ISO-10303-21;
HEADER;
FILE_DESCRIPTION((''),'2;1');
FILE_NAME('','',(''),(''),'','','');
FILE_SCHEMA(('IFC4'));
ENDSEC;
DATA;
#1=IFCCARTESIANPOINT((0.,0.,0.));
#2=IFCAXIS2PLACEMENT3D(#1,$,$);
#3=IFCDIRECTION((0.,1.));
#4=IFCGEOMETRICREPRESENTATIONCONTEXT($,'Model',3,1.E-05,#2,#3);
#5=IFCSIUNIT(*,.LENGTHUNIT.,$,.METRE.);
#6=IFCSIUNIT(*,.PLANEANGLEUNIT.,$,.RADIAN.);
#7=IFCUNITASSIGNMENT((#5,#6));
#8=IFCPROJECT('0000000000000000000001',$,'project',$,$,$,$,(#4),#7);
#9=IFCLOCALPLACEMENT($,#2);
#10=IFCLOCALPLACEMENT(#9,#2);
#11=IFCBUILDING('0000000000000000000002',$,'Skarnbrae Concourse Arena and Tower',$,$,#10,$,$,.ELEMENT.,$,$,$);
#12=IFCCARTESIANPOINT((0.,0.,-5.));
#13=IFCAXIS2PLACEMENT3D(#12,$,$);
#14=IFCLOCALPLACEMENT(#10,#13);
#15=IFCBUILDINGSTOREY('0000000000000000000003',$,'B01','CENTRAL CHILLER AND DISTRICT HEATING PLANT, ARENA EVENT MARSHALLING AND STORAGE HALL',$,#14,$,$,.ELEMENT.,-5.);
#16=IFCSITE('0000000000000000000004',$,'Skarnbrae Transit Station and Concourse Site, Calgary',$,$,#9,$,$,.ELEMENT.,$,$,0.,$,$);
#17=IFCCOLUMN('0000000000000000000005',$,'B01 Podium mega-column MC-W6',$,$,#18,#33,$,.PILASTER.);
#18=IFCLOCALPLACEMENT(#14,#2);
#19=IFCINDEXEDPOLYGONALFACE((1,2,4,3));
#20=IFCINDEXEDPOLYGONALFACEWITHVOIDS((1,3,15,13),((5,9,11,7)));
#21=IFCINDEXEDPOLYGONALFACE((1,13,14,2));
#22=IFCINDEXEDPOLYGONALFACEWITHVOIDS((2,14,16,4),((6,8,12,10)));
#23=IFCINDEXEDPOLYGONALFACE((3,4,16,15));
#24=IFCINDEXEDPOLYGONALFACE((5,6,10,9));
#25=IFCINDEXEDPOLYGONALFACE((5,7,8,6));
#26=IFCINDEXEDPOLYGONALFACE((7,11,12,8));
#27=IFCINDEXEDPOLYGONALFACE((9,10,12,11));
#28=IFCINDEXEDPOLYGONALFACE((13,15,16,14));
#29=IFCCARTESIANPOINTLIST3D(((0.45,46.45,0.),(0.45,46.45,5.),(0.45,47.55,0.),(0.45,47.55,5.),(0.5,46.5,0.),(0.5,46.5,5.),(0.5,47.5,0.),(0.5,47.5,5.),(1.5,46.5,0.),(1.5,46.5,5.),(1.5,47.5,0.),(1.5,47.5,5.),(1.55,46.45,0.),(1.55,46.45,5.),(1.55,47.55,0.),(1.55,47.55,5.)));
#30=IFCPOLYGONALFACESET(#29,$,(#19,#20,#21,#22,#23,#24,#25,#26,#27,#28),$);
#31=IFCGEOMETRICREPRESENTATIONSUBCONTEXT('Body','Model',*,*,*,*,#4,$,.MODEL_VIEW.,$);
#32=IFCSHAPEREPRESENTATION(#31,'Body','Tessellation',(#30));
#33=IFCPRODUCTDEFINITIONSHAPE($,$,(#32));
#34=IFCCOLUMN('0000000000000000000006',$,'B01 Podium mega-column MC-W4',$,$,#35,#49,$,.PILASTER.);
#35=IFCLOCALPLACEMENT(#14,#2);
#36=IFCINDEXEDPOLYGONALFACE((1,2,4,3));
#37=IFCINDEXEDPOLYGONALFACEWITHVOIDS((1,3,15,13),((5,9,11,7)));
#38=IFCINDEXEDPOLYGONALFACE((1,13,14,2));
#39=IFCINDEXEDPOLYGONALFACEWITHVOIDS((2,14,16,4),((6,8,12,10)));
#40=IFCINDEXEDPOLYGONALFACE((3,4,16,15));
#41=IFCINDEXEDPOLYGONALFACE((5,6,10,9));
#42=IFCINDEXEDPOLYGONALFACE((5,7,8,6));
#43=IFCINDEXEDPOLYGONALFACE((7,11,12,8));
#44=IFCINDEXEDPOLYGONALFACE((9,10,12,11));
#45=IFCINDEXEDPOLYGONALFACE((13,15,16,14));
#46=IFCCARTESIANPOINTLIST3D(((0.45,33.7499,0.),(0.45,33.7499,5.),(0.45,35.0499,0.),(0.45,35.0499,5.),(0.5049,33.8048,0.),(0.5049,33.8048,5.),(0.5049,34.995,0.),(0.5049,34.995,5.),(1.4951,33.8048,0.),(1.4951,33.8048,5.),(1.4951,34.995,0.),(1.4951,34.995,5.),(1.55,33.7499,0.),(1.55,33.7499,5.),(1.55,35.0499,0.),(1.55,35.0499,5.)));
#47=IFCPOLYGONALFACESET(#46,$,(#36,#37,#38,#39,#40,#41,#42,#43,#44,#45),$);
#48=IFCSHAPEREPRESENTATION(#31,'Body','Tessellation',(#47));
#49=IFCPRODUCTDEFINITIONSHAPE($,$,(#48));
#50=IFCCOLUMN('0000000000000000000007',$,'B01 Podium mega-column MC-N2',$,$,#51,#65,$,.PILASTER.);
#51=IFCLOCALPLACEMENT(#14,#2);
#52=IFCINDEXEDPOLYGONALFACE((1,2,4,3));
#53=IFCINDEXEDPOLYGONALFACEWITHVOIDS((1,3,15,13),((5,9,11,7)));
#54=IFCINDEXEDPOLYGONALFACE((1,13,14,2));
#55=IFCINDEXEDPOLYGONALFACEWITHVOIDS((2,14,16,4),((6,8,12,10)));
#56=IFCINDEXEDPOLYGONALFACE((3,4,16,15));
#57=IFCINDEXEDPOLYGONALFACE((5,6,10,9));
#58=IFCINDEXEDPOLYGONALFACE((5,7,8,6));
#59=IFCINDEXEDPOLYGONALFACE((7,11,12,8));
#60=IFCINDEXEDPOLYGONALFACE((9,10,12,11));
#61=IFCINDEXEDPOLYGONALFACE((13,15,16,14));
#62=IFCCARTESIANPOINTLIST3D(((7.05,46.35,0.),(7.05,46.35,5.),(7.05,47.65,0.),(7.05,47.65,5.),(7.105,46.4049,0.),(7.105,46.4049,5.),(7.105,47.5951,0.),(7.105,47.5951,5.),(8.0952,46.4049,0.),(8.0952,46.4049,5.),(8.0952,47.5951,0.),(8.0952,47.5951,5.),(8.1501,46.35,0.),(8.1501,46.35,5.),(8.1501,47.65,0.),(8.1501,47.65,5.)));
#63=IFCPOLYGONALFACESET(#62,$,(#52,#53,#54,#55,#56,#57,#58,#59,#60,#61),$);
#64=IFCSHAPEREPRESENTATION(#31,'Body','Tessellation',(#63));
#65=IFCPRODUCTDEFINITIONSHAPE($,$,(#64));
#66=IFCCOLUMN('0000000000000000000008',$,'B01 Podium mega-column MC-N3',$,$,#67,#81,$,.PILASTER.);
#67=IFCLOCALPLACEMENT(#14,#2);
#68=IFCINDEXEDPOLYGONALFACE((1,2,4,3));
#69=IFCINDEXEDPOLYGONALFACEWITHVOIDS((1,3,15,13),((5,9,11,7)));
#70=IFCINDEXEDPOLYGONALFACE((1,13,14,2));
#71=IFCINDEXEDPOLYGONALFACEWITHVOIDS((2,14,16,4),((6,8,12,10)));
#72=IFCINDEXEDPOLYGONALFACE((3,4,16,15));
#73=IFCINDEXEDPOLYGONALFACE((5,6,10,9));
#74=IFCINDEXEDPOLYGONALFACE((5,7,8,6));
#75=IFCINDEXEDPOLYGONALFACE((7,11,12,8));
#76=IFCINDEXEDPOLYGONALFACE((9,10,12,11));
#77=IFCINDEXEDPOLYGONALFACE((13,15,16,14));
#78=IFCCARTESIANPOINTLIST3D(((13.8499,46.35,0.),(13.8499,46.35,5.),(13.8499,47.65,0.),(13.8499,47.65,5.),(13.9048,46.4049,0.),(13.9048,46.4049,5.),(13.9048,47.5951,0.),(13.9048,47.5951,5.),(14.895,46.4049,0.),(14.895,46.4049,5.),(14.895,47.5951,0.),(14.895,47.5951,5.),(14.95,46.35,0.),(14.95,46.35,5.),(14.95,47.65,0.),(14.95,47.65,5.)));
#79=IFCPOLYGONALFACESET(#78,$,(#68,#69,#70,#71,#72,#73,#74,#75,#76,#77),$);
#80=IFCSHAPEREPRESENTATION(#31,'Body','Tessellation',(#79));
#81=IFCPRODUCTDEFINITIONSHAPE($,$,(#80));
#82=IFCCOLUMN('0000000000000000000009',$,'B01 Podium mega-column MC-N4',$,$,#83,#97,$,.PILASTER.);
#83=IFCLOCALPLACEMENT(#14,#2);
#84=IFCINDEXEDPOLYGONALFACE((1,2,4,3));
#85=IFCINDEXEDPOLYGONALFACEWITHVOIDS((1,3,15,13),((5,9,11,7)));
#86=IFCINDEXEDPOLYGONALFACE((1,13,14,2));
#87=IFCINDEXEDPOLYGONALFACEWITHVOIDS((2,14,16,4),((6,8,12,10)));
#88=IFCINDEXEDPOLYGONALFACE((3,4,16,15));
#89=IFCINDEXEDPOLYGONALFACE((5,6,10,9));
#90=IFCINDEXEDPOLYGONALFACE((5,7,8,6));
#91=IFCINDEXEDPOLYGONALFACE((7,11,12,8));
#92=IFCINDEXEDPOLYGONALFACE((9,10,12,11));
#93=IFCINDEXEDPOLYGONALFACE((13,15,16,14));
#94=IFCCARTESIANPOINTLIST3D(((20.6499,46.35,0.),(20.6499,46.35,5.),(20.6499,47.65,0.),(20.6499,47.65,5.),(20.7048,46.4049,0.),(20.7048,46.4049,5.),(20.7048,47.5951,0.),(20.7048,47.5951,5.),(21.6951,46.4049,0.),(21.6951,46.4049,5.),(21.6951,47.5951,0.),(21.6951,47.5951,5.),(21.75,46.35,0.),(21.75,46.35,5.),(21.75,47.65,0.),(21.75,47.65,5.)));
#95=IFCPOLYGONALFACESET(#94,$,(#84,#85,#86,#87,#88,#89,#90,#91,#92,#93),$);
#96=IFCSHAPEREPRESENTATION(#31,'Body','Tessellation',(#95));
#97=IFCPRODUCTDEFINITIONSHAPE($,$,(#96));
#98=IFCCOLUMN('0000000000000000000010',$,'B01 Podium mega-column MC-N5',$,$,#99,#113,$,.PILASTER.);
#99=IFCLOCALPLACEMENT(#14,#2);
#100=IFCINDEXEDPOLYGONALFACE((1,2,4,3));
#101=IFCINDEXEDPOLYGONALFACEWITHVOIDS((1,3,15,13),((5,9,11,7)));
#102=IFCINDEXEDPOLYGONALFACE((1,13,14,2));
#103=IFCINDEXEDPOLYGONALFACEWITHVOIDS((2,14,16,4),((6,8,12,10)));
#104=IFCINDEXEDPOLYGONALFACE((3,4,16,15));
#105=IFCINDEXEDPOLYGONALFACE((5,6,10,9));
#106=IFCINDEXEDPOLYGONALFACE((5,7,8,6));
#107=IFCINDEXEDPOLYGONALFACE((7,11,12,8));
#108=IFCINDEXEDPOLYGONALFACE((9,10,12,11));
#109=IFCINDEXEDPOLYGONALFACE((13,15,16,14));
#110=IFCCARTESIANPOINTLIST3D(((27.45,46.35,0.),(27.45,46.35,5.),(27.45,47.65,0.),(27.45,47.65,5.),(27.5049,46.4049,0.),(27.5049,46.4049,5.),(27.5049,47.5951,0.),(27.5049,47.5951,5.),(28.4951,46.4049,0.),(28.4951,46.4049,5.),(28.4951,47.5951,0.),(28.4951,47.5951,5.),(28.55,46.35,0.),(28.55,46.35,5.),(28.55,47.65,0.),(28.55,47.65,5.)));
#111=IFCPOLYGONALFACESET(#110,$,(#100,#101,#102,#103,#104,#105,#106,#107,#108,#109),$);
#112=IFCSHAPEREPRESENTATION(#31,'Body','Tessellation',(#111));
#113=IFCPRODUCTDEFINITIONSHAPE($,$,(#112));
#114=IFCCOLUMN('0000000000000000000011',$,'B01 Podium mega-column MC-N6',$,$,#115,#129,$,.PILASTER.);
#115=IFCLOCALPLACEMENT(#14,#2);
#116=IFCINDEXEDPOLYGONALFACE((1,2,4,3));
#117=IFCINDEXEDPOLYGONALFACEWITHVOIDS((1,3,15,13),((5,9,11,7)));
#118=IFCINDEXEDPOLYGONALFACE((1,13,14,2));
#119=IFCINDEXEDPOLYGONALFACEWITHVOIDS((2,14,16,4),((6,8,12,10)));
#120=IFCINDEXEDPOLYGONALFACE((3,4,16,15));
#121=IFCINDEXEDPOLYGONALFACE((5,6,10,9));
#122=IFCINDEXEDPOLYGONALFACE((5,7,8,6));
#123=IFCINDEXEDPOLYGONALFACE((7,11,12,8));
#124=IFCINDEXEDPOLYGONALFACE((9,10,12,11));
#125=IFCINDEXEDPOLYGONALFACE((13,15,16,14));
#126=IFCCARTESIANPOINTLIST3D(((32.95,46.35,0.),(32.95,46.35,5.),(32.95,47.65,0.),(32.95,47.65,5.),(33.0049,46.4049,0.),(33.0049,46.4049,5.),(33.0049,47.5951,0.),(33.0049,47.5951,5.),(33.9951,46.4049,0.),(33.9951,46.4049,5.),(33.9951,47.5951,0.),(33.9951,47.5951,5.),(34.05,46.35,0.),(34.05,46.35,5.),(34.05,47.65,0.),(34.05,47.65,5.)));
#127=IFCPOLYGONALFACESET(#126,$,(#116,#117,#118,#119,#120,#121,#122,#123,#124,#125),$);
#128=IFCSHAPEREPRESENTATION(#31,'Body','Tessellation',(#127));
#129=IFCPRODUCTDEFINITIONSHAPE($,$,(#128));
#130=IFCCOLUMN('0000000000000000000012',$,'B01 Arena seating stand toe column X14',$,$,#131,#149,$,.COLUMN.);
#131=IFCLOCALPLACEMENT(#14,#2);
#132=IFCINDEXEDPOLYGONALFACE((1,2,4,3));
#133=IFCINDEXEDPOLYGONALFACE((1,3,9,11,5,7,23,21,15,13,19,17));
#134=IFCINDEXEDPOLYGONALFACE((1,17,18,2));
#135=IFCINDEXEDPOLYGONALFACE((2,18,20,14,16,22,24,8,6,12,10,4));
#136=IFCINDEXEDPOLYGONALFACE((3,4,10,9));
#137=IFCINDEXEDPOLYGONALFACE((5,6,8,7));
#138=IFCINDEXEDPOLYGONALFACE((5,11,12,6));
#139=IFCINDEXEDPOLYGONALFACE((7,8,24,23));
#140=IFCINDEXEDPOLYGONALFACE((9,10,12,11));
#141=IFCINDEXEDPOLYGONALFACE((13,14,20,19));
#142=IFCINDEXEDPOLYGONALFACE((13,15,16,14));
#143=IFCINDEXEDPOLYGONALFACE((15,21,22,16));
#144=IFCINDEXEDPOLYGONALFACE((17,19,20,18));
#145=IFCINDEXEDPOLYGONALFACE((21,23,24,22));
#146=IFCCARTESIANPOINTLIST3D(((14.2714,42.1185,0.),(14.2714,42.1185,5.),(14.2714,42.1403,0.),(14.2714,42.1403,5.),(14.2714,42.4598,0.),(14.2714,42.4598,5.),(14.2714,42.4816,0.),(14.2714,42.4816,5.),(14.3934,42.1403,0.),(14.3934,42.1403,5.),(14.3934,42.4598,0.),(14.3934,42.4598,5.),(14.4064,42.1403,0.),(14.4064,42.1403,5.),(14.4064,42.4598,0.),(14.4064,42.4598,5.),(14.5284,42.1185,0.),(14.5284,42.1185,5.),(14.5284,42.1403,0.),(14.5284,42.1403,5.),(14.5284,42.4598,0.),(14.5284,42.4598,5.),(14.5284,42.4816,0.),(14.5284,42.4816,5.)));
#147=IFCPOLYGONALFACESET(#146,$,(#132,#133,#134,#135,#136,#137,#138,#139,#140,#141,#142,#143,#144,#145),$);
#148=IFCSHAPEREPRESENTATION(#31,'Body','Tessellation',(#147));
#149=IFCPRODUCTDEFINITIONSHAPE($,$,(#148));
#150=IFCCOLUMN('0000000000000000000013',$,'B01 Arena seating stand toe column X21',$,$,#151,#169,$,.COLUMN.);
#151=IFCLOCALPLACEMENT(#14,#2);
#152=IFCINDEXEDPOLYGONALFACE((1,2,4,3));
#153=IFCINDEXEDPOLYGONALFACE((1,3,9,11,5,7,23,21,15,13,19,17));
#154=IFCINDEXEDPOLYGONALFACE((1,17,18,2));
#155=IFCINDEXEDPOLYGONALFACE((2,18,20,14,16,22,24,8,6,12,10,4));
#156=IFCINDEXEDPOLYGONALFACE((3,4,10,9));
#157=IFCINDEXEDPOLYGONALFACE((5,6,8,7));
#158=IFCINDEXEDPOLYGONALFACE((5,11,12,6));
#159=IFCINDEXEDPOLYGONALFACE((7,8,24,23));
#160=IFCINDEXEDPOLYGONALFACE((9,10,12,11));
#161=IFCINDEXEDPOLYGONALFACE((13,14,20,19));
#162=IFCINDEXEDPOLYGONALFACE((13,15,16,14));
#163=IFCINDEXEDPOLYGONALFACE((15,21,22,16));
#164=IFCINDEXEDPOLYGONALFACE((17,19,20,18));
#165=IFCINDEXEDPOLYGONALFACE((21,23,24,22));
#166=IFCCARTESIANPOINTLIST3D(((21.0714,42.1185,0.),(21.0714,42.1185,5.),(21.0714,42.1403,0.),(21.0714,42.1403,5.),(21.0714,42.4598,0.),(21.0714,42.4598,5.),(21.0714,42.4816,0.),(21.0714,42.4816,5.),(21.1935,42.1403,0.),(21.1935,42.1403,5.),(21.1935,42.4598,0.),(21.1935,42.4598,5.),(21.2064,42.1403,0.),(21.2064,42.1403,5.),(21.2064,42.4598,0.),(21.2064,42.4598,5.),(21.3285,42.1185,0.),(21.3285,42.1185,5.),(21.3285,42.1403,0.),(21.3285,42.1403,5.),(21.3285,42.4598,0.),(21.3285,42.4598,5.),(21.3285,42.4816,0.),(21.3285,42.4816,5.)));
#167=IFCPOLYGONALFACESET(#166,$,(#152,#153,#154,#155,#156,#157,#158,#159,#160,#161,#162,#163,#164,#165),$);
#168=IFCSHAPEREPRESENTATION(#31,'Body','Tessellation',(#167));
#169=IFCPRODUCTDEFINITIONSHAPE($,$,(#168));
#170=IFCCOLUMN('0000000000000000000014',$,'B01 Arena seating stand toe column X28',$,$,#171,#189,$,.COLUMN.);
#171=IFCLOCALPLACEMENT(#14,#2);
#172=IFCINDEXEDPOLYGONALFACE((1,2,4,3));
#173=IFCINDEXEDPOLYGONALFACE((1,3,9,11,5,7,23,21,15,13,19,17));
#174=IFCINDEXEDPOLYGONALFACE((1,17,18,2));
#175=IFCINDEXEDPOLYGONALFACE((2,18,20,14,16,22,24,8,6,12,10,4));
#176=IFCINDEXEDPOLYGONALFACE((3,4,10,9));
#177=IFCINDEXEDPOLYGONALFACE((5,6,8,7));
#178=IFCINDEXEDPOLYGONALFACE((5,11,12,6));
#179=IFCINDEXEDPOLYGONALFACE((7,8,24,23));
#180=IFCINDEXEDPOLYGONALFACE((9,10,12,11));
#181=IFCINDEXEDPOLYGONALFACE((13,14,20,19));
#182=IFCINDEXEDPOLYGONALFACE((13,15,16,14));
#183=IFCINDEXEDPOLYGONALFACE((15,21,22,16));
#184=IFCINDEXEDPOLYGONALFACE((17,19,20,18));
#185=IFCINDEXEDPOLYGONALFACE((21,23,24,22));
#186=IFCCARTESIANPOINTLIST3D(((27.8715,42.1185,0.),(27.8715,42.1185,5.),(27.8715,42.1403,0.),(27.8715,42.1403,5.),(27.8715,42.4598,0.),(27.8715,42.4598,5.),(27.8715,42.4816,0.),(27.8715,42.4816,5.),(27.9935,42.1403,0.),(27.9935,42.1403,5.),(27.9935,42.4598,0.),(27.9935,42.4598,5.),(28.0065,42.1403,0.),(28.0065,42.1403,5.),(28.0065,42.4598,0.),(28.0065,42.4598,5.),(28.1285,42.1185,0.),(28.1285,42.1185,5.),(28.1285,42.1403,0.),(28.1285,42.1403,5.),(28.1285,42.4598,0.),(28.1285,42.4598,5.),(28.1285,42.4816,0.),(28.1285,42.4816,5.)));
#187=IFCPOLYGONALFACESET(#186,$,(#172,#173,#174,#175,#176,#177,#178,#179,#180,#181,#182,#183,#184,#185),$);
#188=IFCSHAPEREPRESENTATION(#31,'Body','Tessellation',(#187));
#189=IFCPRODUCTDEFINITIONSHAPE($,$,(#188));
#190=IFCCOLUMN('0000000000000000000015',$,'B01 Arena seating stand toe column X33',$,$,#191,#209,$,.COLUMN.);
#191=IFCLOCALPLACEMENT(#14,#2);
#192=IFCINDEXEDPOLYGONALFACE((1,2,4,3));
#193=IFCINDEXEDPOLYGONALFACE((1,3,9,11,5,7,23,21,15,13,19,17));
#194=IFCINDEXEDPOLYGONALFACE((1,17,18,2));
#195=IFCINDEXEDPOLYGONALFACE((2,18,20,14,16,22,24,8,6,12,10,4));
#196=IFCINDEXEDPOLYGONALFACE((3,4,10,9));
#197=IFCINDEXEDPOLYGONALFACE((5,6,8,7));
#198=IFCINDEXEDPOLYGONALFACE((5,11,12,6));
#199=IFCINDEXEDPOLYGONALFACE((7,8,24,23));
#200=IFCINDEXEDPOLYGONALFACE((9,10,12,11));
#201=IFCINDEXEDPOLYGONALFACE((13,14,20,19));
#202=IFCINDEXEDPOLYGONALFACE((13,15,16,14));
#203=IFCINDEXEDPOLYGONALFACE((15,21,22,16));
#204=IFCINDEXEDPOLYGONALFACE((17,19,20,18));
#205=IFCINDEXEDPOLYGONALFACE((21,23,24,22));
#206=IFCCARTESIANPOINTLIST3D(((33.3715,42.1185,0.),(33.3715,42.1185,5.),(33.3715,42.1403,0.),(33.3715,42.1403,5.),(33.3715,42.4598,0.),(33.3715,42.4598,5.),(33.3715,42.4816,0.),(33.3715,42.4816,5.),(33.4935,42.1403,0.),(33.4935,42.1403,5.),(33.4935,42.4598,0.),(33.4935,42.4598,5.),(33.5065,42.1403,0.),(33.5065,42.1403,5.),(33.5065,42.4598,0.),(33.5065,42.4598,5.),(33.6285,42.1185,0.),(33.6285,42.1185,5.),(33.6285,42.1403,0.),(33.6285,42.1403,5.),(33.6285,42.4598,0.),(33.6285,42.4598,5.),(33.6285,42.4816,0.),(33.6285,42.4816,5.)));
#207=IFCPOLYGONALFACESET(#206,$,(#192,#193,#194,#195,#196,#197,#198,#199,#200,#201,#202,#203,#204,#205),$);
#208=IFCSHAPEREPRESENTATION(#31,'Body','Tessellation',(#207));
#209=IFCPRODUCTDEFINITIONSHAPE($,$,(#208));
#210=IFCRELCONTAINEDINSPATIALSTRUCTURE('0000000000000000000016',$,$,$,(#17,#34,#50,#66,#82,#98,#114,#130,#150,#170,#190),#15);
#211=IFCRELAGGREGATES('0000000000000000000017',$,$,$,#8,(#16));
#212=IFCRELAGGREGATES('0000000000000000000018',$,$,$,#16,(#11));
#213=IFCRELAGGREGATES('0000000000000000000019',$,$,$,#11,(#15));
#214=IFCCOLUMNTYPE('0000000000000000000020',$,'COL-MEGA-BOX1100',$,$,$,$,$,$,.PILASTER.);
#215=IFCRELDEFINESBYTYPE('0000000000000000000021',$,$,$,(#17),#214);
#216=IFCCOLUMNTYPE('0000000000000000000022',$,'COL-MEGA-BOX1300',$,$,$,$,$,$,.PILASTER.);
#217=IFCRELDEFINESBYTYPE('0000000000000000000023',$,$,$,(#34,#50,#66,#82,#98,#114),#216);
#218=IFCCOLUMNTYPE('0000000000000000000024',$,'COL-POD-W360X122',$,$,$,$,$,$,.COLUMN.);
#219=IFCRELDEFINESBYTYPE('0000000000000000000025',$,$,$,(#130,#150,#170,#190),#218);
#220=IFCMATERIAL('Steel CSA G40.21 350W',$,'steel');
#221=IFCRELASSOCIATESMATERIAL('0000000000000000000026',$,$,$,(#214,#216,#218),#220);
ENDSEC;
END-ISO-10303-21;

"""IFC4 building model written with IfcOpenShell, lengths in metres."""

from ifc_helpers import new_model, si_unit, direction, frame, origin, origin_2d, place, context, subcontext, project, spatial, hollow_rectangle, i_section, extrude, source, transform, mapped, material, material_profile, profile_set, type_object, element, save


model = new_model("IFC4")

# Units and contexts
model_context = context("Model", 3, precision=1e-05, world=origin(), true_north=direction((0.0, 1.0)))
body_context = subcontext(model_context, "Body", "Model", "MODEL_VIEW")
ifc_project = project(units=[si_unit("LENGTHUNIT", "METRE"), si_unit("PLANEANGLEUNIT", "RADIAN")], contexts=[model_context])

# Site, building, storey
site_placement = place(None, origin())
site = spatial("IfcSite", under=ifc_project, at=site_placement, Name="Skarnbrae Transit Station and Concourse Site, Calgary", CompositionType="ELEMENT", RefElevation=0.0)
building_placement = place(site_placement, origin())
building = spatial("IfcBuilding", under=site, at=building_placement, Name="Skarnbrae Concourse Arena and Tower", CompositionType="ELEMENT")
storey_placement = place(building_placement, frame((0.0, 0.0, -5.0)))
storey = spatial("IfcBuildingStorey", under=building, at=storey_placement, Name="B01", Description="CENTRAL CHILLER AND DISTRICT HEATING PLANT, ARENA EVENT MARSHALLING AND STORAGE HALL", CompositionType="ELEMENT", Elevation=-5.0)

# Columns
ifc_material_1 = material(Name="Steel CSA G40.21 350W", Category="steel")
ifc_material_profile_1 = material_profile(ifc_material_1, hollow_rectangle(XDim=1.1001, YDim=1.1001, WallThickness=0.05, at=origin_2d()), Name="BOX1100X1100X50")
ifc_profile_set_1 = profile_set([ifc_material_profile_1], Name="Steel CSA G40.21 350W")
column_type_1 = type_object("IfcColumnType", Name="COL-MEGA-BOX1100", PredefinedType="PILASTER", material=ifc_profile_set_1)
shared_shape_1 = source(origin(), body_context, "Body", "SweptSolid", [
    extrude(hollow_rectangle(XDim=1.1001, YDim=1.1001, WallThickness=0.05, at=origin_2d()), origin(), (0.0, 0.0, 1.0), 5.0),
])
column_placement = place(storey_placement, frame((1.0, 47.0, 0.0), z_axis=(0.0, 0.0, 1.0), x_axis=(1.0, 0.0, 0.0)))
element("IfcColumn", 1, at=column_placement, inside=storey, type_object=column_type_1, Name="B01 Podium mega-column MC-W6", PredefinedType="PILASTER", context=body_context, shape_type="MappedRepresentation", body=[
    mapped(shared_shape_1, transform((0.0, 0.0, 0.0))),
])
ifc_material_profile_2 = material_profile(ifc_material_1, hollow_rectangle(XDim=1.1001, YDim=1.3, WallThickness=0.0549, at=origin_2d()), Name="BOX1300X1100X55")
ifc_profile_set_2 = profile_set([ifc_material_profile_2], Name="Steel CSA G40.21 350W")
column_type_2 = type_object("IfcColumnType", Name="COL-MEGA-BOX1300", PredefinedType="PILASTER", material=ifc_profile_set_2)
shared_shape_2 = source(origin(), body_context, "Body", "SweptSolid", [
    extrude(hollow_rectangle(XDim=1.1001, YDim=1.3, WallThickness=0.0549, at=origin_2d()), origin(), (0.0, 0.0, 1.0), 5.0),
])
for number, where, z_axis, x_axis, name in (
    (2, (1.0, 34.3999, 0.0), (0.0, 0.0, 1.0), (1.0, 0.0, 0.0), "B01 Podium mega-column MC-W4"),
    (3, (7.6001, 47.0, 0.0), (0.0, 0.0, 1.0), (1.0, 0.0, 0.0), "B01 Podium mega-column MC-N2"),
    (4, (14.3999, 47.0, 0.0), (0.0, 0.0, 1.0), (1.0, 0.0, 0.0), "B01 Podium mega-column MC-N3"),
    (5, (21.2, 47.0, 0.0), (0.0, 0.0, 1.0), (1.0, 0.0, 0.0), "B01 Podium mega-column MC-N4"),
    (6, (28.0, 47.0, 0.0), (0.0, 0.0, 1.0), (1.0, 0.0, 0.0), "B01 Podium mega-column MC-N5"),
    (7, (33.5, 47.0, 0.0), (0.0, 0.0, 1.0), (1.0, 0.0, 0.0), "B01 Podium mega-column MC-N6"),
):
    element("IfcColumn", number, at=place(storey_placement, frame(where, z_axis=z_axis, x_axis=x_axis)), inside=storey, type_object=column_type_2, Name=name, PredefinedType="PILASTER", context=body_context, shape_type="MappedRepresentation", body=[
        mapped(shared_shape_2, transform((0.0, 0.0, 0.0))),
    ])
ifc_material_profile_3 = material_profile(ifc_material_1, i_section(OverallWidth=0.2571, OverallDepth=0.363, WebThickness=0.0129, FlangeThickness=0.0217, at=origin_2d()), Name="W360X122")
ifc_profile_set_3 = profile_set([ifc_material_profile_3], Name="Steel CSA G40.21 350W")
column_type_3 = type_object("IfcColumnType", Name="COL-POD-W360X122", PredefinedType="COLUMN", material=ifc_profile_set_3)
shared_shape_3 = source(origin(), body_context, "Body", "SweptSolid", [
    extrude(i_section(OverallWidth=0.2571, OverallDepth=0.363, WebThickness=0.0129, FlangeThickness=0.0217, at=origin_2d()), origin(), (0.0, 0.0, 1.0), 5.0),
])
for number, where, z_axis, x_axis, name in (
    (8, (14.3999, 42.3, 0.0), (0.0, 0.0, 1.0), (1.0, 0.0, 0.0), "B01 Arena seating stand toe column X14"),
    (9, (21.2, 42.3, 0.0), (0.0, 0.0, 1.0), (1.0, 0.0, 0.0), "B01 Arena seating stand toe column X21"),
    (10, (28.0, 42.3, 0.0), (0.0, 0.0, 1.0), (1.0, 0.0, 0.0), "B01 Arena seating stand toe column X28"),
    (11, (33.5, 42.3, 0.0), (0.0, 0.0, 1.0), (1.0, 0.0, 0.0), "B01 Arena seating stand toe column X33"),
):
    element("IfcColumn", number, at=place(storey_placement, frame(where, z_axis=z_axis, x_axis=x_axis)), inside=storey, type_object=column_type_3, Name=name, PredefinedType="COLUMN", context=body_context, shape_type="MappedRepresentation", body=[
        mapped(shared_shape_3, transform((0.0, 0.0, 0.0))),
    ])

save(model, "model.ifc")
